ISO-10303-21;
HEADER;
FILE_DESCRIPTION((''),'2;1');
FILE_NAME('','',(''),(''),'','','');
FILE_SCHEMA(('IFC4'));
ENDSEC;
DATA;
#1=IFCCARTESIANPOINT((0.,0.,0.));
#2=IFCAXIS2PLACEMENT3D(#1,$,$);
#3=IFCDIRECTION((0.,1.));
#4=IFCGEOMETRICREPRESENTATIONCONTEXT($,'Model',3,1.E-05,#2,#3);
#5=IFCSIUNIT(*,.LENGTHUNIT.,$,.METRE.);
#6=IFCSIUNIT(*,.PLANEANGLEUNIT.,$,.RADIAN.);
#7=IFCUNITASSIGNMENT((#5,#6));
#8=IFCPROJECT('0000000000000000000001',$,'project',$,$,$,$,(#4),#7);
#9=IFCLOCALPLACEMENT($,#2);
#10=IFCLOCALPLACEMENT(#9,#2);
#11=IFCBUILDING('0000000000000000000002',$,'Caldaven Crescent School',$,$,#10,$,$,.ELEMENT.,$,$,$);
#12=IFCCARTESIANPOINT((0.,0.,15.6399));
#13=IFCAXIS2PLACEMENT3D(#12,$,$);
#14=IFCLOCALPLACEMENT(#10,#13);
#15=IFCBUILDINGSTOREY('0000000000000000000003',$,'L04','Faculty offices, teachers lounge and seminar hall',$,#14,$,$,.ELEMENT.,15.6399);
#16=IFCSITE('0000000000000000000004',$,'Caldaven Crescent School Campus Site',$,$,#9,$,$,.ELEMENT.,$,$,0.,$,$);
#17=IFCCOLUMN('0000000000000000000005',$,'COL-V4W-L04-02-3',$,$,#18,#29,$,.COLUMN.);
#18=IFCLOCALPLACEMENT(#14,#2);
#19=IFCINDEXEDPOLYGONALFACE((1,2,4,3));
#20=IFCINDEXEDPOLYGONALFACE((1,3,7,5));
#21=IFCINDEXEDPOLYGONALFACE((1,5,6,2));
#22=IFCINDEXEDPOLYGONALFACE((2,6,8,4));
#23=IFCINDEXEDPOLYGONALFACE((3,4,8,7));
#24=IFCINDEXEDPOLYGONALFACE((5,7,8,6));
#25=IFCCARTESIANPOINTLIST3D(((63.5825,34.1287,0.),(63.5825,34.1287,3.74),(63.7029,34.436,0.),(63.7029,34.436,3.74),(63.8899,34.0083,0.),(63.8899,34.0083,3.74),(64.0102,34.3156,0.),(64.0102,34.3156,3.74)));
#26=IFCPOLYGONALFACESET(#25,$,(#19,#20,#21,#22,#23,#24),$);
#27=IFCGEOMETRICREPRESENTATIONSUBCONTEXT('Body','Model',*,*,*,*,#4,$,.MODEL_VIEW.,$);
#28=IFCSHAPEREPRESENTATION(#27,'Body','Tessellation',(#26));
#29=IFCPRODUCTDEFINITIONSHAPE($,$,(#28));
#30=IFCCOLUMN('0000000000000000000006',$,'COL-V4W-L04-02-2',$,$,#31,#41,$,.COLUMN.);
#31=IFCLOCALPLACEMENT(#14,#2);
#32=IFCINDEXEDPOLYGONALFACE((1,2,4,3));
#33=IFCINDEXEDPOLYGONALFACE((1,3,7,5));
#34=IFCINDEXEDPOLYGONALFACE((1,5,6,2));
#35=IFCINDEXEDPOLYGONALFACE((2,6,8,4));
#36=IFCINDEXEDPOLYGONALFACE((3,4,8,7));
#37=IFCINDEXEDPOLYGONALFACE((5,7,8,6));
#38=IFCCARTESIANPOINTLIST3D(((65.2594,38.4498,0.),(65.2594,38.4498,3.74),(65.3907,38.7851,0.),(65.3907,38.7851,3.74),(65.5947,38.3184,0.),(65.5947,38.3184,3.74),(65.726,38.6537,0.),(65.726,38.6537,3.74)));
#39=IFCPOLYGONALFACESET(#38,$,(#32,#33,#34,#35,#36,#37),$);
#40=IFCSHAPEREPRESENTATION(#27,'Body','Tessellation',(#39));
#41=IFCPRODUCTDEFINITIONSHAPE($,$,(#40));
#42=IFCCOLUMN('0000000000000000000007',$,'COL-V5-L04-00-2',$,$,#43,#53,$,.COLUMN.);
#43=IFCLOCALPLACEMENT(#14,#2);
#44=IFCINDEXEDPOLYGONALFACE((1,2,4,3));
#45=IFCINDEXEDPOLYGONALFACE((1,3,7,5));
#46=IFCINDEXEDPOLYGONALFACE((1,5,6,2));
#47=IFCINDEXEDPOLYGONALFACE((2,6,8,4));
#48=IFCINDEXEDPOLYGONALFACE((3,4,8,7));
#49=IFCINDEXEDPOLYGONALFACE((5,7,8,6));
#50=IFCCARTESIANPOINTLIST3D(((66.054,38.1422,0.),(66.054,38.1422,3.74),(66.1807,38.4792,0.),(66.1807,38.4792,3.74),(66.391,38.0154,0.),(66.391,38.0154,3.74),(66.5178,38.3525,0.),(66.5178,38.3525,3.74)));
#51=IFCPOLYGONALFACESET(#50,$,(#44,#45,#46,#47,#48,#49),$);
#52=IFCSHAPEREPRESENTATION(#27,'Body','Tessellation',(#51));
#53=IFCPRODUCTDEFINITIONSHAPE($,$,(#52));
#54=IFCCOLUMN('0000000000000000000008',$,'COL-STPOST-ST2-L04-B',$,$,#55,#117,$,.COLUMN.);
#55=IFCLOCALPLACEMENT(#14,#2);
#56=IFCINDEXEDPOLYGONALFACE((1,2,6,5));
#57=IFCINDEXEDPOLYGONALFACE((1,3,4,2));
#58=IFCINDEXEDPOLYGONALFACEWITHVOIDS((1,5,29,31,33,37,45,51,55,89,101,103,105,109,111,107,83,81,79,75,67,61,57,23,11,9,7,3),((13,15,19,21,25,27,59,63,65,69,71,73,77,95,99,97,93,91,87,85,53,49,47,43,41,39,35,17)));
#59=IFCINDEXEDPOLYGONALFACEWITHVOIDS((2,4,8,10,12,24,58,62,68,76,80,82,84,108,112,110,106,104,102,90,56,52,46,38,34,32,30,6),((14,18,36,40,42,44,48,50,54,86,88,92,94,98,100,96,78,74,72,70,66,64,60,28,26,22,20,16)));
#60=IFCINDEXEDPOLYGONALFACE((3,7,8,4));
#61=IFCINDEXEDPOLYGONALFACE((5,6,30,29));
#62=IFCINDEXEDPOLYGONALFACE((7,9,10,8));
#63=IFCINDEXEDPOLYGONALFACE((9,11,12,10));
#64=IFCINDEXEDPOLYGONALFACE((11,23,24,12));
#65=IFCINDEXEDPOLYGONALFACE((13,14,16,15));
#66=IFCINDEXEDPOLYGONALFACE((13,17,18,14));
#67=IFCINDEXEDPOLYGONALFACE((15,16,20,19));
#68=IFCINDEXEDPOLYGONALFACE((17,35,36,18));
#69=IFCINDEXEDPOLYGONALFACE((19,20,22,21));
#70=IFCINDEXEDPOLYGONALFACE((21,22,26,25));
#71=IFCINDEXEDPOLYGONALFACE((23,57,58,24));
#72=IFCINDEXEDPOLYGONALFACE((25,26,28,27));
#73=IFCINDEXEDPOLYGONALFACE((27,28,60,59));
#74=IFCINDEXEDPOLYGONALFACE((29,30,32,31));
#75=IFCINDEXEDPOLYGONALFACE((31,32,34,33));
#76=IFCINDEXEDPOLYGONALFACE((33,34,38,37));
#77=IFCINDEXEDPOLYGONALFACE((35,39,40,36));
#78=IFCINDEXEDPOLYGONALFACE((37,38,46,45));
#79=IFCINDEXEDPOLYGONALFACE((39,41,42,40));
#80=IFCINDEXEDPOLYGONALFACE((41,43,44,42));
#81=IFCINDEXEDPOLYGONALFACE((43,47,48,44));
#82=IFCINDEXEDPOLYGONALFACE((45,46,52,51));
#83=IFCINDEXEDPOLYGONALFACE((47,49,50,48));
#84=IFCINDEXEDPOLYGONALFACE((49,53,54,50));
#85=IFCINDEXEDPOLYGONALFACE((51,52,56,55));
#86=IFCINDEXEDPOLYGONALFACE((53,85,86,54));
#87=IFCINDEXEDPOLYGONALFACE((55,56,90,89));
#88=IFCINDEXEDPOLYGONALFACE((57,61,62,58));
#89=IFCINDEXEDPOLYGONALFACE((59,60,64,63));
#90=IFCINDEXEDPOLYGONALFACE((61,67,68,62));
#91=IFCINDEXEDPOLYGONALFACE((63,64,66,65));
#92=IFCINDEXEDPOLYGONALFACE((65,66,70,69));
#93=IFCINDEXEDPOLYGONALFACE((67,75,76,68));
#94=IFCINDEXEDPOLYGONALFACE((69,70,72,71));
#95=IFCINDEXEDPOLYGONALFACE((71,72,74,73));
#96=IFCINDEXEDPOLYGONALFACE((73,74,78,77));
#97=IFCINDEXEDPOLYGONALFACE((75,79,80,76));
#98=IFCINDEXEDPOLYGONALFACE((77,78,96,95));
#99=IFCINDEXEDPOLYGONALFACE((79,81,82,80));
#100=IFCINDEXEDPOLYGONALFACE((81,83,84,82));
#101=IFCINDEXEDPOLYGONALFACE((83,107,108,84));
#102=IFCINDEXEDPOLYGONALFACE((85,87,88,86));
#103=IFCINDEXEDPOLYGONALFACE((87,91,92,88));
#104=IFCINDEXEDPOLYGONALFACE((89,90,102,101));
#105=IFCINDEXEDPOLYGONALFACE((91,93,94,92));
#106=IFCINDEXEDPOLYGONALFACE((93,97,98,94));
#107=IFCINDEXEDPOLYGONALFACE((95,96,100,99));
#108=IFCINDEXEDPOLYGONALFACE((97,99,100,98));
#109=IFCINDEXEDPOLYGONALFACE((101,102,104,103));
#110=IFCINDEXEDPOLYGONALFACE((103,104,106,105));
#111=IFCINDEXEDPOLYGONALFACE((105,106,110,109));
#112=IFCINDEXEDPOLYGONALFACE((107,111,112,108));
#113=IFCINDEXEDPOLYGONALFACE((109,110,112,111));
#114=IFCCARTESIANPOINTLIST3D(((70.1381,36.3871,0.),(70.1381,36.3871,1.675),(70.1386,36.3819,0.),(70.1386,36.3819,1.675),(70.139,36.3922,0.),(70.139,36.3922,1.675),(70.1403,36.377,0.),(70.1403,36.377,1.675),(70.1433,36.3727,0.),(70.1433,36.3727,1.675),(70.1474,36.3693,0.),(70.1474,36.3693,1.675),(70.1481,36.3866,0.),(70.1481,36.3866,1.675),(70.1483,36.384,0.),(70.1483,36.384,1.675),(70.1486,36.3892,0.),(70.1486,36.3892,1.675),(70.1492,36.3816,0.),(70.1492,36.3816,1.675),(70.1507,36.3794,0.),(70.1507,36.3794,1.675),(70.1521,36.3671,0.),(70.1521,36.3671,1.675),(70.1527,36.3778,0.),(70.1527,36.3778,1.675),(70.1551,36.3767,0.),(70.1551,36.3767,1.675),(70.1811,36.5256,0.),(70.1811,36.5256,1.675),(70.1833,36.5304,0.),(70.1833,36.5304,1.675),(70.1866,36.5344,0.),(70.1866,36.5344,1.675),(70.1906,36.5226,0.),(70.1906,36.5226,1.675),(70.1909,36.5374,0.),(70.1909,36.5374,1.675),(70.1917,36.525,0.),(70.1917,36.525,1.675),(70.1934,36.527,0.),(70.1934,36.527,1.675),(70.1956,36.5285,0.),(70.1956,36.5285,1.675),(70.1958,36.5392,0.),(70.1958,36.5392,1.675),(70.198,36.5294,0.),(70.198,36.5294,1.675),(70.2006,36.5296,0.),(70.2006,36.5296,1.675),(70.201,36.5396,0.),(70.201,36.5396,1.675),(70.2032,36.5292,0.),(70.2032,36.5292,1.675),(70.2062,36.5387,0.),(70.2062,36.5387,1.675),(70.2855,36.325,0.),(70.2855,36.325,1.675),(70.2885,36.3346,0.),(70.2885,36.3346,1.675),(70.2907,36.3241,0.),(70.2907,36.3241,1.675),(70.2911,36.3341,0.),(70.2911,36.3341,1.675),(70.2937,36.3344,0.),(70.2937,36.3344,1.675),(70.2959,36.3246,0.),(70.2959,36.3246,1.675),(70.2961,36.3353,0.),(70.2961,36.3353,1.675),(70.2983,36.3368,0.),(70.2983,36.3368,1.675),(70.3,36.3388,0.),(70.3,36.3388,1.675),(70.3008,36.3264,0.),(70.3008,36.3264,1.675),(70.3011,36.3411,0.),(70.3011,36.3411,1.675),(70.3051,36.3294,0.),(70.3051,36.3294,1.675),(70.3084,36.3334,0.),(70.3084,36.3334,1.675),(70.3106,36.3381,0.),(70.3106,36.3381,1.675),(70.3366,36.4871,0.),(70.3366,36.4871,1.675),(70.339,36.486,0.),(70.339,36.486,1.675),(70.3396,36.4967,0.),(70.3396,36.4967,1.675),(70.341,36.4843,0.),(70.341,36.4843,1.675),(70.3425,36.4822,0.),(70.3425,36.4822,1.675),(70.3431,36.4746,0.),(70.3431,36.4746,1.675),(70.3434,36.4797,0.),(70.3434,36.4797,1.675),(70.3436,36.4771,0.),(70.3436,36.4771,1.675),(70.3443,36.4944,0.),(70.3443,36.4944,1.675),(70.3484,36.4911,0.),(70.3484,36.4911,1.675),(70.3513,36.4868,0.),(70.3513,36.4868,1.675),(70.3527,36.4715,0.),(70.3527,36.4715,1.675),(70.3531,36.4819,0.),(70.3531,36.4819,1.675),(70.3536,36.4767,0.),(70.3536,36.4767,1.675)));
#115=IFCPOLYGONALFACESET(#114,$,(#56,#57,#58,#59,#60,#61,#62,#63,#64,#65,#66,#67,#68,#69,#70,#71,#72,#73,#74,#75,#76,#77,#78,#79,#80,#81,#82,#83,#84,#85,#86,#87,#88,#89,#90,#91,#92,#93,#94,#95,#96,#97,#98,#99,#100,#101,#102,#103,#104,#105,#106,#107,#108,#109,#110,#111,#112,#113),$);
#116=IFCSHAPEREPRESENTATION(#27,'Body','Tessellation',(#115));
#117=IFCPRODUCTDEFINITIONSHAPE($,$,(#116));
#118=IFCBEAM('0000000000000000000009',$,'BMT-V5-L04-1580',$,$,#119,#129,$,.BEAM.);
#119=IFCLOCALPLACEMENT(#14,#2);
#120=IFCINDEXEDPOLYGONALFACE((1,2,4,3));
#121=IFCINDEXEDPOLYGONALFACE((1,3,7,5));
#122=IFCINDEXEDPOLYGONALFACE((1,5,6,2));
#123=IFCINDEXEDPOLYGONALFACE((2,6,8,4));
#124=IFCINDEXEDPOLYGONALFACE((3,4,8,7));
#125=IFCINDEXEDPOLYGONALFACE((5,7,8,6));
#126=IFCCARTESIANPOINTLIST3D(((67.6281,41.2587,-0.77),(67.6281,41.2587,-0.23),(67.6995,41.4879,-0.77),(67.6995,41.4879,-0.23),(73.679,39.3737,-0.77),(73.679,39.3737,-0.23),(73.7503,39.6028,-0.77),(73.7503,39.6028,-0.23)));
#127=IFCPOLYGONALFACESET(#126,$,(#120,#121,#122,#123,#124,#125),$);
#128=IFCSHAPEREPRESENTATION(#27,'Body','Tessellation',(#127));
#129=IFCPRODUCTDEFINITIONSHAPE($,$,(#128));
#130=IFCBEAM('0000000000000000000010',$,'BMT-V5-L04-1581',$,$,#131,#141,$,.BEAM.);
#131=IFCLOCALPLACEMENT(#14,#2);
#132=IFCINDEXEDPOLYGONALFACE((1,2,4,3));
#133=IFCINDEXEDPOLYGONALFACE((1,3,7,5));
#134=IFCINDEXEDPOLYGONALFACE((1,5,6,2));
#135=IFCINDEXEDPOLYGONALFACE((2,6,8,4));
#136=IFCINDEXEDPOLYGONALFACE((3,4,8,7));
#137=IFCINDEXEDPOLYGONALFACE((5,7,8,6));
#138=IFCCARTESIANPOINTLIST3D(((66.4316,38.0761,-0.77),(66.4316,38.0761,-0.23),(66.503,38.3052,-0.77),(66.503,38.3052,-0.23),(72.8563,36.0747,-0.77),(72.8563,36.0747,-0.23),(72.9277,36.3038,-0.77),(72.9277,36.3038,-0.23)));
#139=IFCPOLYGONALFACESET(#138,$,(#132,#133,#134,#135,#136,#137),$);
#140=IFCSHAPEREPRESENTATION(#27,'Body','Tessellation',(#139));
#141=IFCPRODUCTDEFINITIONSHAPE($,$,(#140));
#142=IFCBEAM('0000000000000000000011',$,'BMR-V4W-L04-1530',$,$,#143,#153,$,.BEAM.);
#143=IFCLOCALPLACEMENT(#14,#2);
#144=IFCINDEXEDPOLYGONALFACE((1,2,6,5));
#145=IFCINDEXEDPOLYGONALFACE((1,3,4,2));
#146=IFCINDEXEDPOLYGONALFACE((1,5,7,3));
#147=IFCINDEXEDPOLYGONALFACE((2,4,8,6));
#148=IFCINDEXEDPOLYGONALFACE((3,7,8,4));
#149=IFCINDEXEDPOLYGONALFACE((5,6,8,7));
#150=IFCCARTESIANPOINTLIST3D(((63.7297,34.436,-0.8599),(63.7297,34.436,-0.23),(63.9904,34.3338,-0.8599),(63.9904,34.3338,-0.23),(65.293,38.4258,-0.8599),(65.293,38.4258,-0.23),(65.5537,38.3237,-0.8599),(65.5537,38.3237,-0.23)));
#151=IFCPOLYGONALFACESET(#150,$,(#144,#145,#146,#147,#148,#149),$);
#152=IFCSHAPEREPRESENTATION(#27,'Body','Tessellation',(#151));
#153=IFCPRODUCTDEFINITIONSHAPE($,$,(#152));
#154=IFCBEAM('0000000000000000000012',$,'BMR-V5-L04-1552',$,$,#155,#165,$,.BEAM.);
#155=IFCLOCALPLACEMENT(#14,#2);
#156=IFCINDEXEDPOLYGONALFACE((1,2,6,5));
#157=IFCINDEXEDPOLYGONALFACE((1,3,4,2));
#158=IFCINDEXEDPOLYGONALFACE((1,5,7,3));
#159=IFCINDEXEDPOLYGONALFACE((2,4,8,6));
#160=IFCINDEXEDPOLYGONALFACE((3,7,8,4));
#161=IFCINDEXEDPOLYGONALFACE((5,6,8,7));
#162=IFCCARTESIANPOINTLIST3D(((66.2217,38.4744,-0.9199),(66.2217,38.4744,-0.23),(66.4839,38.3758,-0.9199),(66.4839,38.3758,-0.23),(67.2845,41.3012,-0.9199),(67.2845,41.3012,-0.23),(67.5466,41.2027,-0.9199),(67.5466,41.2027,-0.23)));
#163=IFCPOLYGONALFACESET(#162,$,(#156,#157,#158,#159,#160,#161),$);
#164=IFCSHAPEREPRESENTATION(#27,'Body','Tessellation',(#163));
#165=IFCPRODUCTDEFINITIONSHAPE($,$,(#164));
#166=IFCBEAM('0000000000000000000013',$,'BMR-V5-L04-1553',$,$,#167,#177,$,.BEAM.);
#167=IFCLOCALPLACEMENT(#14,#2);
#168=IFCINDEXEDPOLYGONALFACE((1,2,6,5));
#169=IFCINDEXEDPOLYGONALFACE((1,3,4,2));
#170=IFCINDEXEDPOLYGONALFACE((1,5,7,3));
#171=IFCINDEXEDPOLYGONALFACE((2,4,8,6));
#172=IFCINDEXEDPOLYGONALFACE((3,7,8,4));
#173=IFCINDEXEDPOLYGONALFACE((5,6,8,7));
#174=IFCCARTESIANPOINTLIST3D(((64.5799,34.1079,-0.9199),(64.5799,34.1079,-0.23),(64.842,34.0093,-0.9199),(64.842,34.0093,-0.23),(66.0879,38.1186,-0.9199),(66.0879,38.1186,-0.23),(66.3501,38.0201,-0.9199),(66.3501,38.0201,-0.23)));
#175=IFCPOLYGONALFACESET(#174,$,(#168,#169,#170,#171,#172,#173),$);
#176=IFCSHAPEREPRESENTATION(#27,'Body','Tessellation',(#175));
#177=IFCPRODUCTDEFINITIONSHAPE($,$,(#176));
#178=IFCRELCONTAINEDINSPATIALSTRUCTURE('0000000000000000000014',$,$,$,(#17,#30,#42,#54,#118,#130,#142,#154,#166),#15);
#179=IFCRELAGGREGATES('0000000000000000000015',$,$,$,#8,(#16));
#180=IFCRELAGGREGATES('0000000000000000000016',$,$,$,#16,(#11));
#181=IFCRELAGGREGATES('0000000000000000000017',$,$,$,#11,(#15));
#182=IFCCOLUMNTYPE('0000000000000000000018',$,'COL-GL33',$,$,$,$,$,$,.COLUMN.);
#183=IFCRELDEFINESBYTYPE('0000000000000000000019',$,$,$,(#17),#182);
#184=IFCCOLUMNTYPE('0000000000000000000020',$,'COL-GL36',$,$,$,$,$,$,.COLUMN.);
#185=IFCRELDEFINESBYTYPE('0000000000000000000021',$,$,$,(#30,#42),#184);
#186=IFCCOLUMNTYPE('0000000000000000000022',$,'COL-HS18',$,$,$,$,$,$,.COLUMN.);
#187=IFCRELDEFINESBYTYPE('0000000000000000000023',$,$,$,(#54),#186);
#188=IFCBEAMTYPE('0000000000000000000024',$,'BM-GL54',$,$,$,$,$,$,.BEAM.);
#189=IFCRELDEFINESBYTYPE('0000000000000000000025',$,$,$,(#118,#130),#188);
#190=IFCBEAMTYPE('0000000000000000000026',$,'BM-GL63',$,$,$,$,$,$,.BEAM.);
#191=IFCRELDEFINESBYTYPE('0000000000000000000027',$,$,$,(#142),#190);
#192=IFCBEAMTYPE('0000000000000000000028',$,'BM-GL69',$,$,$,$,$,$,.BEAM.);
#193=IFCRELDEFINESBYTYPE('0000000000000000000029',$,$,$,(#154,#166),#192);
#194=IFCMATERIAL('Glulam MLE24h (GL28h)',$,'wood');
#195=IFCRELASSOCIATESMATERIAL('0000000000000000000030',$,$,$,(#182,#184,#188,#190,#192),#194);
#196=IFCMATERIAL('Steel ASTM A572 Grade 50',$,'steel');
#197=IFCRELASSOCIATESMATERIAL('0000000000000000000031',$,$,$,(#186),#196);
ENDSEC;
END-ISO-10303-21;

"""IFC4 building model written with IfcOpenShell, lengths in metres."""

from ifc_helpers import new_model, si_unit, direction, frame, origin, origin_2d, place, context, subcontext, project, spatial, rectangle, hollow_rectangle, extrude, material, material_profile, profile_set, type_object, element, save


model = new_model("IFC4")

# Units and contexts
model_context = context("Model", 3, precision=1e-05, world=origin(), true_north=direction((0.0, 1.0)))
body_context = subcontext(model_context, "Body", "Model", "MODEL_VIEW")
ifc_project = project(units=[si_unit("LENGTHUNIT", "METRE"), si_unit("PLANEANGLEUNIT", "RADIAN")], contexts=[model_context])

# Site, building, storey
site_placement = place(None, origin())
site = spatial("IfcSite", under=ifc_project, at=site_placement, Name="Caldaven Crescent School Campus Site", CompositionType="ELEMENT", RefElevation=0.0)
building_placement = place(site_placement, origin())
building = spatial("IfcBuilding", under=site, at=building_placement, Name="Caldaven Crescent School", CompositionType="ELEMENT")
storey_placement = place(building_placement, frame((0.0, 0.0, 15.6399)))
storey = spatial("IfcBuildingStorey", under=building, at=storey_placement, Name="L04", Description="Faculty offices, teachers lounge and seminar hall", CompositionType="ELEMENT", Elevation=15.6399)

# Columns
ifc_material_1 = material(Name="Glulam MLE24h (GL28h)", Category="wood")
ifc_material_profile_1 = material_profile(ifc_material_1, rectangle(XDim=0.3301, YDim=0.3301, at=origin_2d()), Name="MLE 330x330")
ifc_profile_set_1 = profile_set([ifc_material_profile_1], Name="Glulam MLE24h (GL28h)")
column_type_1 = type_object("IfcColumnType", Name="COL-GL33", PredefinedType="COLUMN", material=ifc_profile_set_1)
column_1_placement = place(storey_placement, frame((63.7964, 34.2222, 0.0), z_axis=(0.0, 0.0, 1.0), x_axis=(-0.364714, -0.931119, 0.0)))
element("IfcColumn", 1, at=column_1_placement, inside=storey, type_object=column_type_1, Name="COL-V4W-L04-02-3", PredefinedType="COLUMN", context=body_context, shape_type="SweptSolid", body=[
    extrude(rectangle(XDim=0.3301, YDim=0.3301, at=origin_2d()), origin(), (0.0, 0.0, 1.0), 3.74),
])
ifc_material_profile_2 = material_profile(ifc_material_1, rectangle(XDim=0.3601, YDim=0.3601, at=origin_2d()), Name="MLE 360x360")
ifc_profile_set_2 = profile_set([ifc_material_profile_2], Name="Glulam MLE24h (GL28h)")
column_type_2 = type_object("IfcColumnType", Name="COL-GL36", PredefinedType="COLUMN", material=ifc_profile_set_2)
for number, where, z_axis, x_axis, name in (
    (2, (65.4927, 38.5518, 0.0), (0.0, 0.0, 1.0), (-0.364714, -0.931119, 0.0), "COL-V4W-L04-02-2"),
    (3, (66.2859, 38.2473, 0.0), (0.0, 0.0, 1.0), (-0.352005, -0.935998, 0.0), "COL-V5-L04-00-2"),
):
    element("IfcColumn", number, at=place(storey_placement, frame(where, z_axis=z_axis, x_axis=x_axis)), inside=storey, type_object=column_type_2, Name=name, PredefinedType="COLUMN", context=body_context, shape_type="SweptSolid", body=[
        extrude(rectangle(XDim=0.3601, YDim=0.3601, at=origin_2d()), origin(), (0.0, 0.0, 1.0), 3.74),
    ])
ifc_material_2 = material(Name="Steel ASTM A572 Grade 50", Category="steel")
ifc_material_profile_3 = material_profile(ifc_material_2, hollow_rectangle(XDim=0.1799, YDim=0.1799, WallThickness=0.01, InnerFilletRadius=0.01, OuterFilletRadius=0.02, at=origin_2d()), Name="HSS 180x180x10")
ifc_profile_set_3 = profile_set([ifc_material_profile_3], Name="Steel ASTM A572 Grade 50")
column_type_3 = type_object("IfcColumnType", Name="COL-HS18", PredefinedType="COLUMN", material=ifc_profile_set_3)
column_2_placement = place(storey_placement, frame((70.2458, 36.4319, 0.0), z_axis=(0.0, 0.0, 1.0), x_axis=(0.953717, -0.300706, 0.0)))
element("IfcColumn", 4, at=column_2_placement, inside=storey, type_object=column_type_3, Name="COL-STPOST-ST2-L04-B", PredefinedType="COLUMN", context=body_context, shape_type="SweptSolid", body=[
    extrude(hollow_rectangle(XDim=0.1799, YDim=0.1799, WallThickness=0.01, InnerFilletRadius=0.01, OuterFilletRadius=0.02, at=origin_2d()), origin(), (0.0, 0.0, 1.0), 1.675),
])

# Beams
ifc_material_profile_4 = material_profile(ifc_material_1, rectangle(XDim=0.24, YDim=0.54, at=origin_2d()), Name="MLE 240x540")
ifc_profile_set_4 = profile_set([ifc_material_profile_4], Name="Glulam MLE24h (GL28h)")
beam_type_1 = type_object("IfcBeamType", Name="BM-GL54", PredefinedType="BEAM", material=ifc_profile_set_4)
beam_1_placement = place(storey_placement, frame((67.6638, 41.3733, -0.5), z_axis=(0.954743, -0.297433, 0.0), x_axis=(0.297433, 0.954743, 0.0)))
element("IfcBeam", 5, at=beam_1_placement, inside=storey, type_object=beam_type_1, Name="BMT-V5-L04-1580", PredefinedType="BEAM", context=body_context, shape_type="SweptSolid", body=[
    extrude(rectangle(XDim=0.24, YDim=0.54, at=origin_2d()), origin(), (0.0, 0.0, 1.0), 6.3376),
])
beam_2_placement = place(storey_placement, frame((66.4673, 38.1907, -0.5), z_axis=(0.954746, -0.297424, 0.0), x_axis=(0.297424, 0.954746, 0.0)))
element("IfcBeam", 6, at=beam_2_placement, inside=storey, type_object=beam_type_1, Name="BMT-V5-L04-1581", PredefinedType="BEAM", context=body_context, shape_type="SweptSolid", body=[
    extrude(rectangle(XDim=0.24, YDim=0.54, at=origin_2d()), origin(), (0.0, 0.0, 1.0), 6.7292),
])
ifc_material_profile_5 = material_profile(ifc_material_1, rectangle(XDim=0.28, YDim=0.6299, at=origin_2d()), Name="MLE 280x630")
ifc_profile_set_5 = profile_set([ifc_material_profile_5], Name="Glulam MLE24h (GL28h)")
beam_type_2 = type_object("IfcBeamType", Name="BM-GL63", PredefinedType="BEAM", material=ifc_profile_set_5)
beam_3_placement = place(storey_placement, frame((65.4233, 38.3748, -0.5449), z_axis=(-0.36481, -0.931082, 0.0), x_axis=(0.931082, -0.36481, 0.0)))
element("IfcBeam", 7, at=beam_3_placement, inside=storey, type_object=beam_type_2, Name="BMR-V4W-L04-1530", PredefinedType="BEAM", context=body_context, shape_type="SweptSolid", body=[
    extrude(rectangle(XDim=0.28, YDim=0.6299, at=origin_2d()), origin(), (0.0, 0.0, 1.0), 4.2852),
])
ifc_material_profile_6 = material_profile(ifc_material_1, rectangle(XDim=0.28, YDim=0.6899, at=origin_2d()), Name="MLE 280x690")
ifc_profile_set_6 = profile_set([ifc_material_profile_6], Name="Glulam MLE24h (GL28h)")
beam_type_3 = type_object("IfcBeamType", Name="BM-GL69", PredefinedType="BEAM", material=ifc_profile_set_6)
beam_4_placement = place(storey_placement, frame((67.4155, 41.252, -0.575), z_axis=(-0.351894, -0.93604, 0.0), x_axis=(0.93604, -0.351894, 0.0)))
element("IfcBeam", 8, at=beam_4_placement, inside=storey, type_object=beam_type_3, Name="BMR-V5-L04-1552", PredefinedType="BEAM", context=body_context, shape_type="SweptSolid", body=[
    extrude(rectangle(XDim=0.28, YDim=0.6899, at=origin_2d()), origin(), (0.0, 0.0, 1.0), 3.02),
])
beam_5_placement = place(storey_placement, frame((66.219, 38.0693, -0.575), z_axis=(-0.351948, -0.93602, 0.0), x_axis=(0.93602, -0.351948, 0.0)))
element("IfcBeam", 9, at=beam_5_placement, inside=storey, type_object=beam_type_3, Name="BMR-V5-L04-1553", PredefinedType="BEAM", context=body_context, shape_type="SweptSolid", body=[
    extrude(rectangle(XDim=0.28, YDim=0.6899, at=origin_2d()), origin(), (0.0, 0.0, 1.0), 4.2849),
])

save(model, "model.ifc")
